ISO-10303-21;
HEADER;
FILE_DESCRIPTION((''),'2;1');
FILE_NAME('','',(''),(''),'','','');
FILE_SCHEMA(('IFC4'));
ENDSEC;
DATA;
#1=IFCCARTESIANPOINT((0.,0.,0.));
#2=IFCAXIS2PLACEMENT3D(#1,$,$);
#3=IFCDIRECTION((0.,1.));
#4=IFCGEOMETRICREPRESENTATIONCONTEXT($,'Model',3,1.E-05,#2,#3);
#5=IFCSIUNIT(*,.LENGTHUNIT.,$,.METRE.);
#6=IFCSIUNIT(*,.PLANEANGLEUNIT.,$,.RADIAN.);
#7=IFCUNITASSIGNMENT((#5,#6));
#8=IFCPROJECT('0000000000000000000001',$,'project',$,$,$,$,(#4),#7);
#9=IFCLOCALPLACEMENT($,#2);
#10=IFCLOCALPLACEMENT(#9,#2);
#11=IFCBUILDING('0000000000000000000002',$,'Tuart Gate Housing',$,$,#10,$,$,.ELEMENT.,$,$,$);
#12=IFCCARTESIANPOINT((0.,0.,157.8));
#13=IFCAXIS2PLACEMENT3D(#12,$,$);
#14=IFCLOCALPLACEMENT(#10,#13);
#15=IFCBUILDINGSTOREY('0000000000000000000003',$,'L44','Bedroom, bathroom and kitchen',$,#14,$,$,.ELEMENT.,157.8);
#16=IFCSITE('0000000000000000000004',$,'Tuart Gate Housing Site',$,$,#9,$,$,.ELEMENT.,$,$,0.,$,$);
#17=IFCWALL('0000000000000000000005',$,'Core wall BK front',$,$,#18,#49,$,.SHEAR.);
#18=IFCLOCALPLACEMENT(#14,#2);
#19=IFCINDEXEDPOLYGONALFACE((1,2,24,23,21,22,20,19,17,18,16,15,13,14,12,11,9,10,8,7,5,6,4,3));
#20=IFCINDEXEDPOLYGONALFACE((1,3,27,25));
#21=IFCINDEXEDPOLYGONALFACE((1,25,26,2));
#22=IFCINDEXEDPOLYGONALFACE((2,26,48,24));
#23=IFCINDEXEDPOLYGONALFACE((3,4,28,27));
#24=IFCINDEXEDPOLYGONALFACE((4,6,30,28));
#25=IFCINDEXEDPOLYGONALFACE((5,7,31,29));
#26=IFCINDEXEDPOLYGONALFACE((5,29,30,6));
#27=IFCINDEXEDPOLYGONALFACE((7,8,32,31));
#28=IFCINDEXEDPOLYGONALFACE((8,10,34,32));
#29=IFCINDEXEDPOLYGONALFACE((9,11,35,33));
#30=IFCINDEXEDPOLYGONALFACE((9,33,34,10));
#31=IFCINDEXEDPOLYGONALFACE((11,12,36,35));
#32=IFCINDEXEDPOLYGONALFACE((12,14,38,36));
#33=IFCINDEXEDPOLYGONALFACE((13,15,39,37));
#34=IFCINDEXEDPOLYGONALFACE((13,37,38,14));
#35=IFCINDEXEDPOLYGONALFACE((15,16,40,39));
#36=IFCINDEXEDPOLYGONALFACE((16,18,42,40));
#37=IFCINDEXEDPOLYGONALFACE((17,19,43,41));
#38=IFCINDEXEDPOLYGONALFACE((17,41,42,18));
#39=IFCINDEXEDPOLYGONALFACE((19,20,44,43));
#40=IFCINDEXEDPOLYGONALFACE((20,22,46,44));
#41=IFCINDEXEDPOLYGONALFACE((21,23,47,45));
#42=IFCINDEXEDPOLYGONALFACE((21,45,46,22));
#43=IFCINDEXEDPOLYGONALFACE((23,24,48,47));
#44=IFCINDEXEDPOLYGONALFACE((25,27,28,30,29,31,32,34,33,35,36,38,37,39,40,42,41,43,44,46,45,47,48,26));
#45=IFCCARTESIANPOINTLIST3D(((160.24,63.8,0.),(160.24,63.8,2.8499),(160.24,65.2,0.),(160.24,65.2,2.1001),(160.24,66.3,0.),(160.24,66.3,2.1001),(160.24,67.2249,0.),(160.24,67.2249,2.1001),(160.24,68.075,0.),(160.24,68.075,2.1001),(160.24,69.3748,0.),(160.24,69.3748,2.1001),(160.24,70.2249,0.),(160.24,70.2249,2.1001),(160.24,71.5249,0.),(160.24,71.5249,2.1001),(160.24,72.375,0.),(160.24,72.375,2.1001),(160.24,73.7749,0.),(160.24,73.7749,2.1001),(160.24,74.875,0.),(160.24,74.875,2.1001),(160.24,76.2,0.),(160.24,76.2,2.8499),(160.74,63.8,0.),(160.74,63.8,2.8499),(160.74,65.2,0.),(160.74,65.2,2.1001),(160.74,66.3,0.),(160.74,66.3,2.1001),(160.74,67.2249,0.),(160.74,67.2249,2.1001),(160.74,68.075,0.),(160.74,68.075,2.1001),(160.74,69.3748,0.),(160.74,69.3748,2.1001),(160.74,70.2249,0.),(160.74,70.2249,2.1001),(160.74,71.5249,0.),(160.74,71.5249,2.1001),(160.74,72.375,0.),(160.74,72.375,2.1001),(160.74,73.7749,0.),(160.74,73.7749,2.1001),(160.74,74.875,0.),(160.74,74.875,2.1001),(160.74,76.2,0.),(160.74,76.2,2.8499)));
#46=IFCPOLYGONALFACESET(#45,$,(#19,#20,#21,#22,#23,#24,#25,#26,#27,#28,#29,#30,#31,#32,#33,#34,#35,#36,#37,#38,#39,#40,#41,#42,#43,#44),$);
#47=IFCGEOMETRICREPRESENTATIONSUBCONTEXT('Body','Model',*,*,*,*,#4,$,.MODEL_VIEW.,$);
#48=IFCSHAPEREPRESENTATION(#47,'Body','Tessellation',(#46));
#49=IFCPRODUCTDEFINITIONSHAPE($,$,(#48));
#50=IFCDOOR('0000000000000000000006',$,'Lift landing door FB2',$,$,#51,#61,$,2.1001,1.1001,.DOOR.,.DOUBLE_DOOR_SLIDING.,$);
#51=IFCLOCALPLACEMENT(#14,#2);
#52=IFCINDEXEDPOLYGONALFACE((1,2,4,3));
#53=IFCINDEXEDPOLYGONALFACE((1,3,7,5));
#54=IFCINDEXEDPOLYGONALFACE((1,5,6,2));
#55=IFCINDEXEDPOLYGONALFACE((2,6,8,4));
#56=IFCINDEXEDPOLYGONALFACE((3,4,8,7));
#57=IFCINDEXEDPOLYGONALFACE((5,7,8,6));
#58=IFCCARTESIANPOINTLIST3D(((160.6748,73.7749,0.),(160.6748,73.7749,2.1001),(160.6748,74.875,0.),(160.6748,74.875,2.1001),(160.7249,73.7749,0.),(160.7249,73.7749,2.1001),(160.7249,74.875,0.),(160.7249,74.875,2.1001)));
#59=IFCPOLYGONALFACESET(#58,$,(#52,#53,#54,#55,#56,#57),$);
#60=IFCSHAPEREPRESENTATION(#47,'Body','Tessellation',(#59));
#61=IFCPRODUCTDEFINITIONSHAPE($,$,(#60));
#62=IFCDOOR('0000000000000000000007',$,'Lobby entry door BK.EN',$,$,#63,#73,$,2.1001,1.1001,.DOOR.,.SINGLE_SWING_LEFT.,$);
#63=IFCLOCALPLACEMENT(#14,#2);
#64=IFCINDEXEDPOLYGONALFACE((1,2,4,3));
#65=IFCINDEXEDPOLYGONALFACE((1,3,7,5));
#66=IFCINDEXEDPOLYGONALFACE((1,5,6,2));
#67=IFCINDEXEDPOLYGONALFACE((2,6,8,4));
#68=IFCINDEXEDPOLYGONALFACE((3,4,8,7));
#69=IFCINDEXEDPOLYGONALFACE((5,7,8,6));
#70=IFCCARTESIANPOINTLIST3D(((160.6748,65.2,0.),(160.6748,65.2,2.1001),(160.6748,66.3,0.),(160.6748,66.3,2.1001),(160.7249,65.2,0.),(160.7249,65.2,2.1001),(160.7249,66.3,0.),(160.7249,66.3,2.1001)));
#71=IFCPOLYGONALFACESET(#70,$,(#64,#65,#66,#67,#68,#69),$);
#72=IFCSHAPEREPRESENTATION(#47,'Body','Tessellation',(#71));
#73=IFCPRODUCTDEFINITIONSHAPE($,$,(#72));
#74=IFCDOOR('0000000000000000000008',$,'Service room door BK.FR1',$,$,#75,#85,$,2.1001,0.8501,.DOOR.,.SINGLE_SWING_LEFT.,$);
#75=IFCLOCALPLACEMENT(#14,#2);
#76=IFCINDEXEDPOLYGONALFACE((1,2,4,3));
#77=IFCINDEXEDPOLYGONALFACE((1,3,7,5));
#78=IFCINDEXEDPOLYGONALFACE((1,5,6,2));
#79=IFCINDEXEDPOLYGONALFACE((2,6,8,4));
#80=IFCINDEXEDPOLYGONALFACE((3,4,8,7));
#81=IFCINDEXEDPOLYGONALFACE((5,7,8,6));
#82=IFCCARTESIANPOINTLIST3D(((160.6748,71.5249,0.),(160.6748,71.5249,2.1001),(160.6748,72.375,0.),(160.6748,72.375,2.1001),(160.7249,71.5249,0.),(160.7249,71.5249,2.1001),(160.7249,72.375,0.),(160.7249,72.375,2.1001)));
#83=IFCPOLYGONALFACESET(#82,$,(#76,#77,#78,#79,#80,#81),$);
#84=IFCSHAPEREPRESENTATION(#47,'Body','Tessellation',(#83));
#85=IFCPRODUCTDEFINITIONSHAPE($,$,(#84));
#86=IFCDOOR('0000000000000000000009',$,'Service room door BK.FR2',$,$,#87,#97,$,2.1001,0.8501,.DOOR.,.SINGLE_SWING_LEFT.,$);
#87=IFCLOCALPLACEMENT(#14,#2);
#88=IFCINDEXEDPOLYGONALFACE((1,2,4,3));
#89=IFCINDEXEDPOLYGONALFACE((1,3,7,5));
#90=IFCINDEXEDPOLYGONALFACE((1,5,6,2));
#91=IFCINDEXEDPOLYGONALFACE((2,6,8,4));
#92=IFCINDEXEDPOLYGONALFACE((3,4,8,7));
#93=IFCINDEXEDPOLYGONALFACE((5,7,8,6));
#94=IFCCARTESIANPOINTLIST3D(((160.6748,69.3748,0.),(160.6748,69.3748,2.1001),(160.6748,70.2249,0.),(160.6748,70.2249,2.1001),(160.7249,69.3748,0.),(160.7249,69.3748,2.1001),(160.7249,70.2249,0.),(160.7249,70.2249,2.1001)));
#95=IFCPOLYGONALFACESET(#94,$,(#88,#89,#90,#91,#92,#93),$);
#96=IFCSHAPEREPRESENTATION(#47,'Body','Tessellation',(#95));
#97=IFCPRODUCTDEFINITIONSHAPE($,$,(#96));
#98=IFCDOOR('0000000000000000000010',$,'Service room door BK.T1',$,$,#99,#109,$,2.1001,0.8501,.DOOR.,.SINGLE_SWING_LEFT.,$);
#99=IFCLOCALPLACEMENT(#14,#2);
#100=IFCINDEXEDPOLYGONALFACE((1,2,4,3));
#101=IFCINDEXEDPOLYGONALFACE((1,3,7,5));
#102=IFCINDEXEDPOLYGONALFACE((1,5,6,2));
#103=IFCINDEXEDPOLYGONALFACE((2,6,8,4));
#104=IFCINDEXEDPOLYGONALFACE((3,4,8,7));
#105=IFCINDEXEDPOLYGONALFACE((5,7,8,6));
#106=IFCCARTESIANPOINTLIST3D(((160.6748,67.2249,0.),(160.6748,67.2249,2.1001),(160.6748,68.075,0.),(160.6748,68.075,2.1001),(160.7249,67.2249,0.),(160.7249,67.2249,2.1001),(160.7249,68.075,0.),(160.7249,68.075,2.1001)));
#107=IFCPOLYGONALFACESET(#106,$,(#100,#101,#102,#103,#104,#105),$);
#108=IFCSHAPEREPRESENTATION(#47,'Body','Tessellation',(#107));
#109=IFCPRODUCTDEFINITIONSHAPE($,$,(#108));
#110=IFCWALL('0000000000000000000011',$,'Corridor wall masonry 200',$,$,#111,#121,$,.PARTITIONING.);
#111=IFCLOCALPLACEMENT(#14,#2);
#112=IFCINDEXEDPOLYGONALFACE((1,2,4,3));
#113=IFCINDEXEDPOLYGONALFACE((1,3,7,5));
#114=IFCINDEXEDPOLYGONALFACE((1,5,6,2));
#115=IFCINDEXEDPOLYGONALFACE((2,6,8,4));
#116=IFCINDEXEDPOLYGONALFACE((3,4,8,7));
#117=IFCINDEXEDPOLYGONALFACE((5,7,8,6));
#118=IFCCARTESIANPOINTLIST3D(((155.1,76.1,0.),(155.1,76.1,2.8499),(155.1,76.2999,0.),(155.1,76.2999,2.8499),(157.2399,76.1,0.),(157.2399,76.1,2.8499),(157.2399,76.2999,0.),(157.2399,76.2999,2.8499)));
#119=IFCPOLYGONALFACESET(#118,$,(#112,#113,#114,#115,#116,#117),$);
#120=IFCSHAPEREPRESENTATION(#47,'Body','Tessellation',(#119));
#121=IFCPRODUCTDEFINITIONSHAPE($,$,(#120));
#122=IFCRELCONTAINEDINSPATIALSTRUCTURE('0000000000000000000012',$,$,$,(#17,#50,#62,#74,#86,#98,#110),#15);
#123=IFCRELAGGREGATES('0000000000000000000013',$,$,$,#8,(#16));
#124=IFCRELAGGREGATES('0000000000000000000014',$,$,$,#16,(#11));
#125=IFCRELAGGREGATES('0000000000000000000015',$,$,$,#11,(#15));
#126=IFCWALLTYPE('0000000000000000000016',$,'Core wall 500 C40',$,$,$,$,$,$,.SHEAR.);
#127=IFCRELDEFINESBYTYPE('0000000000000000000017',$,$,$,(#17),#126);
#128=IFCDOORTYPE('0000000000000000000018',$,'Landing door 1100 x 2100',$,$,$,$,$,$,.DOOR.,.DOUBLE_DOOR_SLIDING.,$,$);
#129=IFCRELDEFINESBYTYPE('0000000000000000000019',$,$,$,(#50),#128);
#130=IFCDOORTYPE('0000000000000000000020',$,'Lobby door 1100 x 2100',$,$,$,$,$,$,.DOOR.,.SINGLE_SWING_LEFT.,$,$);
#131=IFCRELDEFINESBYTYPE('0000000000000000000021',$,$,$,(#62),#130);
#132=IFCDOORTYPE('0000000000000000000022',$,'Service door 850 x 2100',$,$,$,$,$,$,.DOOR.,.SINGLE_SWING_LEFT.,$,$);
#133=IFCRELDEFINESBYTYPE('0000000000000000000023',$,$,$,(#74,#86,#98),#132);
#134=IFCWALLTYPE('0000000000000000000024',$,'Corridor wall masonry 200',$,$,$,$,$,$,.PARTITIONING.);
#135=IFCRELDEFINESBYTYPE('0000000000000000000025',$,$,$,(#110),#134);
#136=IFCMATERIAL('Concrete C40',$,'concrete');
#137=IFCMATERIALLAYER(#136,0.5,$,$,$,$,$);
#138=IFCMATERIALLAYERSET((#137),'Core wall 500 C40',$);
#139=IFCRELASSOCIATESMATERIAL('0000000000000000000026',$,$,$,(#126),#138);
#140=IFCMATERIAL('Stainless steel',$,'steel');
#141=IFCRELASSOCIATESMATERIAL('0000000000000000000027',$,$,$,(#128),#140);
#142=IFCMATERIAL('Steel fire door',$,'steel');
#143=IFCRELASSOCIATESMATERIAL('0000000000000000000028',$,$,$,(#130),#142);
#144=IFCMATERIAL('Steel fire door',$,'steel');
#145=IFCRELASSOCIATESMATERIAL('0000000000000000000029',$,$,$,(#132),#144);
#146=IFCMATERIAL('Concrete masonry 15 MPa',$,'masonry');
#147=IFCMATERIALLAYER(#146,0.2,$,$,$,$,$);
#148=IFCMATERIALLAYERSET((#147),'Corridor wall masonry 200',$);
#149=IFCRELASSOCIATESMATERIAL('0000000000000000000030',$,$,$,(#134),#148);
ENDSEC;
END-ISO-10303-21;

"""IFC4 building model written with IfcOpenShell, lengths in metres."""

from ifc_helpers import new_model, si_unit, direction, frame, frame_2d, origin, place, context, subcontext, project, spatial, rectangle, extrude, material, layer, layer_set, type_object, element, fill, save


model = new_model("IFC4")

# Units and contexts
model_context = context("Model", 3, precision=1e-05, world=origin(), true_north=direction((0.0, 1.0)))
body_context = subcontext(model_context, "Body", "Model", "MODEL_VIEW")
ifc_project = project(units=[si_unit("LENGTHUNIT", "METRE"), si_unit("PLANEANGLEUNIT", "RADIAN")], contexts=[model_context])

# Site, building, storey
site_placement = place(None, origin())
site = spatial("IfcSite", under=ifc_project, at=site_placement, Name="Tuart Gate Housing Site", CompositionType="ELEMENT", RefElevation=0.0)
building_placement = place(site_placement, origin())
building = spatial("IfcBuilding", under=site, at=building_placement, Name="Tuart Gate Housing", CompositionType="ELEMENT")
storey_placement = place(building_placement, frame((0.0, 0.0, 157.8)))
storey = spatial("IfcBuildingStorey", under=building, at=storey_placement, Name="L44", Description="Bedroom, bathroom and kitchen", CompositionType="ELEMENT", Elevation=157.8)

# Wall, openings, doors
ifc_material_1 = material(Name="Concrete C40", Category="concrete")
ifc_layer_1 = layer(ifc_material_1, 0.5)
ifc_layer_set_1 = layer_set([ifc_layer_1], Name="Core wall 500 C40")
wall_type_1 = type_object("IfcWallType", Name="Core wall 500 C40", PredefinedType="SHEAR", material=ifc_layer_set_1)
wall_1_placement = place(storey_placement, frame((160.49, 76.2, 0.0), z_axis=(0.0, 0.0, 1.0), x_axis=(0.0, -1.0, 0.0)))
wall_1 = element("IfcWall", 1, at=wall_1_placement, inside=storey, type_object=wall_type_1, Name="Core wall BK front", PredefinedType="SHEAR", context=body_context, shape_type="SweptSolid", body=[
    extrude(rectangle(XDim=12.3999, YDim=0.5, at=frame_2d((6.2, 0.0))), origin(), (0.0, 0.0, 1.0), 2.8499),
])
opening_1_placement = place(wall_1_placement, frame((1.325, 0.0, 0.0)))
opening_1 = element("IfcOpeningElement", 2, at=opening_1_placement, cuts=wall_1, PredefinedType="OPENING", context=body_context, shape_type="SweptSolid", body=[
    extrude(rectangle(XDim=1.1001, YDim=2.1001, at=frame_2d((0.55, 1.05))), frame((0.0, 0.26, 0.0), z_axis=(0.0, -1.0, 0.0), x_axis=(1.0, 0.0, 0.0)), (0.0, 0.0, 1.0), 0.52),
])
opening_2_placement = place(wall_1_placement, frame((3.825, 0.0, 0.0)))
opening_2 = element("IfcOpeningElement", 3, at=opening_2_placement, cuts=wall_1, PredefinedType="OPENING", context=body_context, shape_type="SweptSolid", body=[
    extrude(rectangle(XDim=0.8501, YDim=2.1001, at=frame_2d((0.425, 1.05))), frame((0.0, 0.26, 0.0), z_axis=(0.0, -1.0, 0.0), x_axis=(1.0, 0.0, 0.0)), (0.0, 0.0, 1.0), 0.52),
])
opening_3_placement = place(wall_1_placement, frame((5.9751, 0.0, 0.0)))
opening_3 = element("IfcOpeningElement", 4, at=opening_3_placement, cuts=wall_1, PredefinedType="OPENING", context=body_context, shape_type="SweptSolid", body=[
    extrude(rectangle(XDim=0.8501, YDim=2.1001, at=frame_2d((0.425, 1.05))), frame((0.0, 0.26, 0.0), z_axis=(0.0, -1.0, 0.0), x_axis=(1.0, 0.0, 0.0)), (0.0, 0.0, 1.0), 0.52),
])
opening_4_placement = place(wall_1_placement, frame((9.8999, 0.0, 0.0)))
opening_4 = element("IfcOpeningElement", 5, at=opening_4_placement, cuts=wall_1, PredefinedType="OPENING", context=body_context, shape_type="SweptSolid", body=[
    extrude(rectangle(XDim=1.1001, YDim=2.1001, at=frame_2d((0.55, 1.05))), frame((0.0, 0.26, 0.0), z_axis=(0.0, -1.0, 0.0), x_axis=(1.0, 0.0, 0.0)), (0.0, 0.0, 1.0), 0.52),
])
opening_5_placement = place(wall_1_placement, frame((8.125, 0.0, 0.0)))
opening_5 = element("IfcOpeningElement", 6, at=opening_5_placement, cuts=wall_1, PredefinedType="OPENING", context=body_context, shape_type="SweptSolid", body=[
    extrude(rectangle(XDim=0.8501, YDim=2.1001, at=frame_2d((0.425, 1.05))), frame((0.0, 0.26, 0.0), z_axis=(0.0, -1.0, 0.0), x_axis=(1.0, 0.0, 0.0)), (0.0, 0.0, 1.0), 0.52),
])
ifc_material_2 = material(Name="Stainless steel", Category="steel")
door_type_1 = type_object("IfcDoorType", Name="Landing door 1100 x 2100", OperationType="DOUBLE_DOOR_SLIDING", PredefinedType="DOOR", material=ifc_material_2)
door_1_placement = place(opening_1_placement, origin())
door_1 = element("IfcDoor", 7, at=door_1_placement, inside=storey, type_object=door_type_1, Name="Lift landing door FB2", OperationType="DOUBLE_DOOR_SLIDING", OverallHeight=2.1001, OverallWidth=1.1001, PredefinedType="DOOR", context=body_context, shape_type="SweptSolid", body=[
    extrude(rectangle(XDim=1.1001, YDim=2.1001, at=frame_2d((0.55, 1.05))), frame((0.0, 0.2349, 0.0), z_axis=(0.0, -1.0, 0.0), x_axis=(1.0, 0.0, 0.0)), (0.0, 0.0, 1.0), 0.05),
])
fill(opening_1, door_1)
ifc_material_3 = material(Name="Steel fire door", Category="steel")
door_type_2 = type_object("IfcDoorType", Name="Lobby door 1100 x 2100", OperationType="SINGLE_SWING_LEFT", PredefinedType="DOOR", material=ifc_material_3)
door_2_placement = place(opening_4_placement, origin())
door_2 = element("IfcDoor", 8, at=door_2_placement, inside=storey, type_object=door_type_2, Name="Lobby entry door BK.EN", OperationType="SINGLE_SWING_LEFT", OverallHeight=2.1001, OverallWidth=1.1001, PredefinedType="DOOR", context=body_context, shape_type="SweptSolid", body=[
    extrude(rectangle(XDim=1.1001, YDim=2.1001, at=frame_2d((0.55, 1.05))), frame((0.0, 0.2349, 0.0), z_axis=(0.0, -1.0, 0.0), x_axis=(1.0, 0.0, 0.0)), (0.0, 0.0, 1.0), 0.05),
])
fill(opening_4, door_2)
ifc_material_4 = material(Name="Steel fire door", Category="steel")
door_type_3 = type_object("IfcDoorType", Name="Service door 850 x 2100", OperationType="SINGLE_SWING_LEFT", PredefinedType="DOOR", material=ifc_material_4)
door_3_placement = place(opening_2_placement, origin())
door_3 = element("IfcDoor", 9, at=door_3_placement, inside=storey, type_object=door_type_3, Name="Service room door BK.FR1", OperationType="SINGLE_SWING_LEFT", OverallHeight=2.1001, OverallWidth=0.8501, PredefinedType="DOOR", context=body_context, shape_type="SweptSolid", body=[
    extrude(rectangle(XDim=0.8501, YDim=2.1001, at=frame_2d((0.425, 1.05))), frame((0.0, 0.2349, 0.0), z_axis=(0.0, -1.0, 0.0), x_axis=(1.0, 0.0, 0.0)), (0.0, 0.0, 1.0), 0.05),
])
fill(opening_2, door_3)
door_4_placement = place(opening_3_placement, origin())
door_4 = element("IfcDoor", 10, at=door_4_placement, inside=storey, type_object=door_type_3, Name="Service room door BK.FR2", OperationType="SINGLE_SWING_LEFT", OverallHeight=2.1001, OverallWidth=0.8501, PredefinedType="DOOR", context=body_context, shape_type="SweptSolid", body=[
    extrude(rectangle(XDim=0.8501, YDim=2.1001, at=frame_2d((0.425, 1.05))), frame((0.0, 0.2349, 0.0), z_axis=(0.0, -1.0, 0.0), x_axis=(1.0, 0.0, 0.0)), (0.0, 0.0, 1.0), 0.05),
])
fill(opening_3, door_4)
door_5_placement = place(opening_5_placement, origin())
door_5 = element("IfcDoor", 11, at=door_5_placement, inside=storey, type_object=door_type_3, Name="Service room door BK.T1", OperationType="SINGLE_SWING_LEFT", OverallHeight=2.1001, OverallWidth=0.8501, PredefinedType="DOOR", context=body_context, shape_type="SweptSolid", body=[
    extrude(rectangle(XDim=0.8501, YDim=2.1001, at=frame_2d((0.425, 1.05))), frame((0.0, 0.2349, 0.0), z_axis=(0.0, -1.0, 0.0), x_axis=(1.0, 0.0, 0.0)), (0.0, 0.0, 1.0), 0.05),
])
fill(opening_5, door_5)

# Wall
ifc_material_5 = material(Name="Concrete masonry 15 MPa", Category="masonry")
ifc_layer_2 = layer(ifc_material_5, 0.2)
ifc_layer_set_2 = layer_set([ifc_layer_2], Name="Corridor wall masonry 200")
wall_type_2 = type_object("IfcWallType", Name="Corridor wall masonry 200", PredefinedType="PARTITIONING", material=ifc_layer_set_2)
wall_2_placement = place(storey_placement, frame((155.1001, 76.2, 0.0), z_axis=(0.0, 0.0, 1.0), x_axis=(1.0, 0.0, 0.0)))
element("IfcWall", 12, at=wall_2_placement, inside=storey, type_object=wall_type_2, Name="Corridor wall masonry 200", PredefinedType="PARTITIONING", context=body_context, shape_type="SweptSolid", body=[
    extrude(rectangle(XDim=2.1399, YDim=0.2, at=frame_2d((1.0698, 0.0))), origin(), (0.0, 0.0, 1.0), 2.8499),
])

save(model, "model.ifc")
